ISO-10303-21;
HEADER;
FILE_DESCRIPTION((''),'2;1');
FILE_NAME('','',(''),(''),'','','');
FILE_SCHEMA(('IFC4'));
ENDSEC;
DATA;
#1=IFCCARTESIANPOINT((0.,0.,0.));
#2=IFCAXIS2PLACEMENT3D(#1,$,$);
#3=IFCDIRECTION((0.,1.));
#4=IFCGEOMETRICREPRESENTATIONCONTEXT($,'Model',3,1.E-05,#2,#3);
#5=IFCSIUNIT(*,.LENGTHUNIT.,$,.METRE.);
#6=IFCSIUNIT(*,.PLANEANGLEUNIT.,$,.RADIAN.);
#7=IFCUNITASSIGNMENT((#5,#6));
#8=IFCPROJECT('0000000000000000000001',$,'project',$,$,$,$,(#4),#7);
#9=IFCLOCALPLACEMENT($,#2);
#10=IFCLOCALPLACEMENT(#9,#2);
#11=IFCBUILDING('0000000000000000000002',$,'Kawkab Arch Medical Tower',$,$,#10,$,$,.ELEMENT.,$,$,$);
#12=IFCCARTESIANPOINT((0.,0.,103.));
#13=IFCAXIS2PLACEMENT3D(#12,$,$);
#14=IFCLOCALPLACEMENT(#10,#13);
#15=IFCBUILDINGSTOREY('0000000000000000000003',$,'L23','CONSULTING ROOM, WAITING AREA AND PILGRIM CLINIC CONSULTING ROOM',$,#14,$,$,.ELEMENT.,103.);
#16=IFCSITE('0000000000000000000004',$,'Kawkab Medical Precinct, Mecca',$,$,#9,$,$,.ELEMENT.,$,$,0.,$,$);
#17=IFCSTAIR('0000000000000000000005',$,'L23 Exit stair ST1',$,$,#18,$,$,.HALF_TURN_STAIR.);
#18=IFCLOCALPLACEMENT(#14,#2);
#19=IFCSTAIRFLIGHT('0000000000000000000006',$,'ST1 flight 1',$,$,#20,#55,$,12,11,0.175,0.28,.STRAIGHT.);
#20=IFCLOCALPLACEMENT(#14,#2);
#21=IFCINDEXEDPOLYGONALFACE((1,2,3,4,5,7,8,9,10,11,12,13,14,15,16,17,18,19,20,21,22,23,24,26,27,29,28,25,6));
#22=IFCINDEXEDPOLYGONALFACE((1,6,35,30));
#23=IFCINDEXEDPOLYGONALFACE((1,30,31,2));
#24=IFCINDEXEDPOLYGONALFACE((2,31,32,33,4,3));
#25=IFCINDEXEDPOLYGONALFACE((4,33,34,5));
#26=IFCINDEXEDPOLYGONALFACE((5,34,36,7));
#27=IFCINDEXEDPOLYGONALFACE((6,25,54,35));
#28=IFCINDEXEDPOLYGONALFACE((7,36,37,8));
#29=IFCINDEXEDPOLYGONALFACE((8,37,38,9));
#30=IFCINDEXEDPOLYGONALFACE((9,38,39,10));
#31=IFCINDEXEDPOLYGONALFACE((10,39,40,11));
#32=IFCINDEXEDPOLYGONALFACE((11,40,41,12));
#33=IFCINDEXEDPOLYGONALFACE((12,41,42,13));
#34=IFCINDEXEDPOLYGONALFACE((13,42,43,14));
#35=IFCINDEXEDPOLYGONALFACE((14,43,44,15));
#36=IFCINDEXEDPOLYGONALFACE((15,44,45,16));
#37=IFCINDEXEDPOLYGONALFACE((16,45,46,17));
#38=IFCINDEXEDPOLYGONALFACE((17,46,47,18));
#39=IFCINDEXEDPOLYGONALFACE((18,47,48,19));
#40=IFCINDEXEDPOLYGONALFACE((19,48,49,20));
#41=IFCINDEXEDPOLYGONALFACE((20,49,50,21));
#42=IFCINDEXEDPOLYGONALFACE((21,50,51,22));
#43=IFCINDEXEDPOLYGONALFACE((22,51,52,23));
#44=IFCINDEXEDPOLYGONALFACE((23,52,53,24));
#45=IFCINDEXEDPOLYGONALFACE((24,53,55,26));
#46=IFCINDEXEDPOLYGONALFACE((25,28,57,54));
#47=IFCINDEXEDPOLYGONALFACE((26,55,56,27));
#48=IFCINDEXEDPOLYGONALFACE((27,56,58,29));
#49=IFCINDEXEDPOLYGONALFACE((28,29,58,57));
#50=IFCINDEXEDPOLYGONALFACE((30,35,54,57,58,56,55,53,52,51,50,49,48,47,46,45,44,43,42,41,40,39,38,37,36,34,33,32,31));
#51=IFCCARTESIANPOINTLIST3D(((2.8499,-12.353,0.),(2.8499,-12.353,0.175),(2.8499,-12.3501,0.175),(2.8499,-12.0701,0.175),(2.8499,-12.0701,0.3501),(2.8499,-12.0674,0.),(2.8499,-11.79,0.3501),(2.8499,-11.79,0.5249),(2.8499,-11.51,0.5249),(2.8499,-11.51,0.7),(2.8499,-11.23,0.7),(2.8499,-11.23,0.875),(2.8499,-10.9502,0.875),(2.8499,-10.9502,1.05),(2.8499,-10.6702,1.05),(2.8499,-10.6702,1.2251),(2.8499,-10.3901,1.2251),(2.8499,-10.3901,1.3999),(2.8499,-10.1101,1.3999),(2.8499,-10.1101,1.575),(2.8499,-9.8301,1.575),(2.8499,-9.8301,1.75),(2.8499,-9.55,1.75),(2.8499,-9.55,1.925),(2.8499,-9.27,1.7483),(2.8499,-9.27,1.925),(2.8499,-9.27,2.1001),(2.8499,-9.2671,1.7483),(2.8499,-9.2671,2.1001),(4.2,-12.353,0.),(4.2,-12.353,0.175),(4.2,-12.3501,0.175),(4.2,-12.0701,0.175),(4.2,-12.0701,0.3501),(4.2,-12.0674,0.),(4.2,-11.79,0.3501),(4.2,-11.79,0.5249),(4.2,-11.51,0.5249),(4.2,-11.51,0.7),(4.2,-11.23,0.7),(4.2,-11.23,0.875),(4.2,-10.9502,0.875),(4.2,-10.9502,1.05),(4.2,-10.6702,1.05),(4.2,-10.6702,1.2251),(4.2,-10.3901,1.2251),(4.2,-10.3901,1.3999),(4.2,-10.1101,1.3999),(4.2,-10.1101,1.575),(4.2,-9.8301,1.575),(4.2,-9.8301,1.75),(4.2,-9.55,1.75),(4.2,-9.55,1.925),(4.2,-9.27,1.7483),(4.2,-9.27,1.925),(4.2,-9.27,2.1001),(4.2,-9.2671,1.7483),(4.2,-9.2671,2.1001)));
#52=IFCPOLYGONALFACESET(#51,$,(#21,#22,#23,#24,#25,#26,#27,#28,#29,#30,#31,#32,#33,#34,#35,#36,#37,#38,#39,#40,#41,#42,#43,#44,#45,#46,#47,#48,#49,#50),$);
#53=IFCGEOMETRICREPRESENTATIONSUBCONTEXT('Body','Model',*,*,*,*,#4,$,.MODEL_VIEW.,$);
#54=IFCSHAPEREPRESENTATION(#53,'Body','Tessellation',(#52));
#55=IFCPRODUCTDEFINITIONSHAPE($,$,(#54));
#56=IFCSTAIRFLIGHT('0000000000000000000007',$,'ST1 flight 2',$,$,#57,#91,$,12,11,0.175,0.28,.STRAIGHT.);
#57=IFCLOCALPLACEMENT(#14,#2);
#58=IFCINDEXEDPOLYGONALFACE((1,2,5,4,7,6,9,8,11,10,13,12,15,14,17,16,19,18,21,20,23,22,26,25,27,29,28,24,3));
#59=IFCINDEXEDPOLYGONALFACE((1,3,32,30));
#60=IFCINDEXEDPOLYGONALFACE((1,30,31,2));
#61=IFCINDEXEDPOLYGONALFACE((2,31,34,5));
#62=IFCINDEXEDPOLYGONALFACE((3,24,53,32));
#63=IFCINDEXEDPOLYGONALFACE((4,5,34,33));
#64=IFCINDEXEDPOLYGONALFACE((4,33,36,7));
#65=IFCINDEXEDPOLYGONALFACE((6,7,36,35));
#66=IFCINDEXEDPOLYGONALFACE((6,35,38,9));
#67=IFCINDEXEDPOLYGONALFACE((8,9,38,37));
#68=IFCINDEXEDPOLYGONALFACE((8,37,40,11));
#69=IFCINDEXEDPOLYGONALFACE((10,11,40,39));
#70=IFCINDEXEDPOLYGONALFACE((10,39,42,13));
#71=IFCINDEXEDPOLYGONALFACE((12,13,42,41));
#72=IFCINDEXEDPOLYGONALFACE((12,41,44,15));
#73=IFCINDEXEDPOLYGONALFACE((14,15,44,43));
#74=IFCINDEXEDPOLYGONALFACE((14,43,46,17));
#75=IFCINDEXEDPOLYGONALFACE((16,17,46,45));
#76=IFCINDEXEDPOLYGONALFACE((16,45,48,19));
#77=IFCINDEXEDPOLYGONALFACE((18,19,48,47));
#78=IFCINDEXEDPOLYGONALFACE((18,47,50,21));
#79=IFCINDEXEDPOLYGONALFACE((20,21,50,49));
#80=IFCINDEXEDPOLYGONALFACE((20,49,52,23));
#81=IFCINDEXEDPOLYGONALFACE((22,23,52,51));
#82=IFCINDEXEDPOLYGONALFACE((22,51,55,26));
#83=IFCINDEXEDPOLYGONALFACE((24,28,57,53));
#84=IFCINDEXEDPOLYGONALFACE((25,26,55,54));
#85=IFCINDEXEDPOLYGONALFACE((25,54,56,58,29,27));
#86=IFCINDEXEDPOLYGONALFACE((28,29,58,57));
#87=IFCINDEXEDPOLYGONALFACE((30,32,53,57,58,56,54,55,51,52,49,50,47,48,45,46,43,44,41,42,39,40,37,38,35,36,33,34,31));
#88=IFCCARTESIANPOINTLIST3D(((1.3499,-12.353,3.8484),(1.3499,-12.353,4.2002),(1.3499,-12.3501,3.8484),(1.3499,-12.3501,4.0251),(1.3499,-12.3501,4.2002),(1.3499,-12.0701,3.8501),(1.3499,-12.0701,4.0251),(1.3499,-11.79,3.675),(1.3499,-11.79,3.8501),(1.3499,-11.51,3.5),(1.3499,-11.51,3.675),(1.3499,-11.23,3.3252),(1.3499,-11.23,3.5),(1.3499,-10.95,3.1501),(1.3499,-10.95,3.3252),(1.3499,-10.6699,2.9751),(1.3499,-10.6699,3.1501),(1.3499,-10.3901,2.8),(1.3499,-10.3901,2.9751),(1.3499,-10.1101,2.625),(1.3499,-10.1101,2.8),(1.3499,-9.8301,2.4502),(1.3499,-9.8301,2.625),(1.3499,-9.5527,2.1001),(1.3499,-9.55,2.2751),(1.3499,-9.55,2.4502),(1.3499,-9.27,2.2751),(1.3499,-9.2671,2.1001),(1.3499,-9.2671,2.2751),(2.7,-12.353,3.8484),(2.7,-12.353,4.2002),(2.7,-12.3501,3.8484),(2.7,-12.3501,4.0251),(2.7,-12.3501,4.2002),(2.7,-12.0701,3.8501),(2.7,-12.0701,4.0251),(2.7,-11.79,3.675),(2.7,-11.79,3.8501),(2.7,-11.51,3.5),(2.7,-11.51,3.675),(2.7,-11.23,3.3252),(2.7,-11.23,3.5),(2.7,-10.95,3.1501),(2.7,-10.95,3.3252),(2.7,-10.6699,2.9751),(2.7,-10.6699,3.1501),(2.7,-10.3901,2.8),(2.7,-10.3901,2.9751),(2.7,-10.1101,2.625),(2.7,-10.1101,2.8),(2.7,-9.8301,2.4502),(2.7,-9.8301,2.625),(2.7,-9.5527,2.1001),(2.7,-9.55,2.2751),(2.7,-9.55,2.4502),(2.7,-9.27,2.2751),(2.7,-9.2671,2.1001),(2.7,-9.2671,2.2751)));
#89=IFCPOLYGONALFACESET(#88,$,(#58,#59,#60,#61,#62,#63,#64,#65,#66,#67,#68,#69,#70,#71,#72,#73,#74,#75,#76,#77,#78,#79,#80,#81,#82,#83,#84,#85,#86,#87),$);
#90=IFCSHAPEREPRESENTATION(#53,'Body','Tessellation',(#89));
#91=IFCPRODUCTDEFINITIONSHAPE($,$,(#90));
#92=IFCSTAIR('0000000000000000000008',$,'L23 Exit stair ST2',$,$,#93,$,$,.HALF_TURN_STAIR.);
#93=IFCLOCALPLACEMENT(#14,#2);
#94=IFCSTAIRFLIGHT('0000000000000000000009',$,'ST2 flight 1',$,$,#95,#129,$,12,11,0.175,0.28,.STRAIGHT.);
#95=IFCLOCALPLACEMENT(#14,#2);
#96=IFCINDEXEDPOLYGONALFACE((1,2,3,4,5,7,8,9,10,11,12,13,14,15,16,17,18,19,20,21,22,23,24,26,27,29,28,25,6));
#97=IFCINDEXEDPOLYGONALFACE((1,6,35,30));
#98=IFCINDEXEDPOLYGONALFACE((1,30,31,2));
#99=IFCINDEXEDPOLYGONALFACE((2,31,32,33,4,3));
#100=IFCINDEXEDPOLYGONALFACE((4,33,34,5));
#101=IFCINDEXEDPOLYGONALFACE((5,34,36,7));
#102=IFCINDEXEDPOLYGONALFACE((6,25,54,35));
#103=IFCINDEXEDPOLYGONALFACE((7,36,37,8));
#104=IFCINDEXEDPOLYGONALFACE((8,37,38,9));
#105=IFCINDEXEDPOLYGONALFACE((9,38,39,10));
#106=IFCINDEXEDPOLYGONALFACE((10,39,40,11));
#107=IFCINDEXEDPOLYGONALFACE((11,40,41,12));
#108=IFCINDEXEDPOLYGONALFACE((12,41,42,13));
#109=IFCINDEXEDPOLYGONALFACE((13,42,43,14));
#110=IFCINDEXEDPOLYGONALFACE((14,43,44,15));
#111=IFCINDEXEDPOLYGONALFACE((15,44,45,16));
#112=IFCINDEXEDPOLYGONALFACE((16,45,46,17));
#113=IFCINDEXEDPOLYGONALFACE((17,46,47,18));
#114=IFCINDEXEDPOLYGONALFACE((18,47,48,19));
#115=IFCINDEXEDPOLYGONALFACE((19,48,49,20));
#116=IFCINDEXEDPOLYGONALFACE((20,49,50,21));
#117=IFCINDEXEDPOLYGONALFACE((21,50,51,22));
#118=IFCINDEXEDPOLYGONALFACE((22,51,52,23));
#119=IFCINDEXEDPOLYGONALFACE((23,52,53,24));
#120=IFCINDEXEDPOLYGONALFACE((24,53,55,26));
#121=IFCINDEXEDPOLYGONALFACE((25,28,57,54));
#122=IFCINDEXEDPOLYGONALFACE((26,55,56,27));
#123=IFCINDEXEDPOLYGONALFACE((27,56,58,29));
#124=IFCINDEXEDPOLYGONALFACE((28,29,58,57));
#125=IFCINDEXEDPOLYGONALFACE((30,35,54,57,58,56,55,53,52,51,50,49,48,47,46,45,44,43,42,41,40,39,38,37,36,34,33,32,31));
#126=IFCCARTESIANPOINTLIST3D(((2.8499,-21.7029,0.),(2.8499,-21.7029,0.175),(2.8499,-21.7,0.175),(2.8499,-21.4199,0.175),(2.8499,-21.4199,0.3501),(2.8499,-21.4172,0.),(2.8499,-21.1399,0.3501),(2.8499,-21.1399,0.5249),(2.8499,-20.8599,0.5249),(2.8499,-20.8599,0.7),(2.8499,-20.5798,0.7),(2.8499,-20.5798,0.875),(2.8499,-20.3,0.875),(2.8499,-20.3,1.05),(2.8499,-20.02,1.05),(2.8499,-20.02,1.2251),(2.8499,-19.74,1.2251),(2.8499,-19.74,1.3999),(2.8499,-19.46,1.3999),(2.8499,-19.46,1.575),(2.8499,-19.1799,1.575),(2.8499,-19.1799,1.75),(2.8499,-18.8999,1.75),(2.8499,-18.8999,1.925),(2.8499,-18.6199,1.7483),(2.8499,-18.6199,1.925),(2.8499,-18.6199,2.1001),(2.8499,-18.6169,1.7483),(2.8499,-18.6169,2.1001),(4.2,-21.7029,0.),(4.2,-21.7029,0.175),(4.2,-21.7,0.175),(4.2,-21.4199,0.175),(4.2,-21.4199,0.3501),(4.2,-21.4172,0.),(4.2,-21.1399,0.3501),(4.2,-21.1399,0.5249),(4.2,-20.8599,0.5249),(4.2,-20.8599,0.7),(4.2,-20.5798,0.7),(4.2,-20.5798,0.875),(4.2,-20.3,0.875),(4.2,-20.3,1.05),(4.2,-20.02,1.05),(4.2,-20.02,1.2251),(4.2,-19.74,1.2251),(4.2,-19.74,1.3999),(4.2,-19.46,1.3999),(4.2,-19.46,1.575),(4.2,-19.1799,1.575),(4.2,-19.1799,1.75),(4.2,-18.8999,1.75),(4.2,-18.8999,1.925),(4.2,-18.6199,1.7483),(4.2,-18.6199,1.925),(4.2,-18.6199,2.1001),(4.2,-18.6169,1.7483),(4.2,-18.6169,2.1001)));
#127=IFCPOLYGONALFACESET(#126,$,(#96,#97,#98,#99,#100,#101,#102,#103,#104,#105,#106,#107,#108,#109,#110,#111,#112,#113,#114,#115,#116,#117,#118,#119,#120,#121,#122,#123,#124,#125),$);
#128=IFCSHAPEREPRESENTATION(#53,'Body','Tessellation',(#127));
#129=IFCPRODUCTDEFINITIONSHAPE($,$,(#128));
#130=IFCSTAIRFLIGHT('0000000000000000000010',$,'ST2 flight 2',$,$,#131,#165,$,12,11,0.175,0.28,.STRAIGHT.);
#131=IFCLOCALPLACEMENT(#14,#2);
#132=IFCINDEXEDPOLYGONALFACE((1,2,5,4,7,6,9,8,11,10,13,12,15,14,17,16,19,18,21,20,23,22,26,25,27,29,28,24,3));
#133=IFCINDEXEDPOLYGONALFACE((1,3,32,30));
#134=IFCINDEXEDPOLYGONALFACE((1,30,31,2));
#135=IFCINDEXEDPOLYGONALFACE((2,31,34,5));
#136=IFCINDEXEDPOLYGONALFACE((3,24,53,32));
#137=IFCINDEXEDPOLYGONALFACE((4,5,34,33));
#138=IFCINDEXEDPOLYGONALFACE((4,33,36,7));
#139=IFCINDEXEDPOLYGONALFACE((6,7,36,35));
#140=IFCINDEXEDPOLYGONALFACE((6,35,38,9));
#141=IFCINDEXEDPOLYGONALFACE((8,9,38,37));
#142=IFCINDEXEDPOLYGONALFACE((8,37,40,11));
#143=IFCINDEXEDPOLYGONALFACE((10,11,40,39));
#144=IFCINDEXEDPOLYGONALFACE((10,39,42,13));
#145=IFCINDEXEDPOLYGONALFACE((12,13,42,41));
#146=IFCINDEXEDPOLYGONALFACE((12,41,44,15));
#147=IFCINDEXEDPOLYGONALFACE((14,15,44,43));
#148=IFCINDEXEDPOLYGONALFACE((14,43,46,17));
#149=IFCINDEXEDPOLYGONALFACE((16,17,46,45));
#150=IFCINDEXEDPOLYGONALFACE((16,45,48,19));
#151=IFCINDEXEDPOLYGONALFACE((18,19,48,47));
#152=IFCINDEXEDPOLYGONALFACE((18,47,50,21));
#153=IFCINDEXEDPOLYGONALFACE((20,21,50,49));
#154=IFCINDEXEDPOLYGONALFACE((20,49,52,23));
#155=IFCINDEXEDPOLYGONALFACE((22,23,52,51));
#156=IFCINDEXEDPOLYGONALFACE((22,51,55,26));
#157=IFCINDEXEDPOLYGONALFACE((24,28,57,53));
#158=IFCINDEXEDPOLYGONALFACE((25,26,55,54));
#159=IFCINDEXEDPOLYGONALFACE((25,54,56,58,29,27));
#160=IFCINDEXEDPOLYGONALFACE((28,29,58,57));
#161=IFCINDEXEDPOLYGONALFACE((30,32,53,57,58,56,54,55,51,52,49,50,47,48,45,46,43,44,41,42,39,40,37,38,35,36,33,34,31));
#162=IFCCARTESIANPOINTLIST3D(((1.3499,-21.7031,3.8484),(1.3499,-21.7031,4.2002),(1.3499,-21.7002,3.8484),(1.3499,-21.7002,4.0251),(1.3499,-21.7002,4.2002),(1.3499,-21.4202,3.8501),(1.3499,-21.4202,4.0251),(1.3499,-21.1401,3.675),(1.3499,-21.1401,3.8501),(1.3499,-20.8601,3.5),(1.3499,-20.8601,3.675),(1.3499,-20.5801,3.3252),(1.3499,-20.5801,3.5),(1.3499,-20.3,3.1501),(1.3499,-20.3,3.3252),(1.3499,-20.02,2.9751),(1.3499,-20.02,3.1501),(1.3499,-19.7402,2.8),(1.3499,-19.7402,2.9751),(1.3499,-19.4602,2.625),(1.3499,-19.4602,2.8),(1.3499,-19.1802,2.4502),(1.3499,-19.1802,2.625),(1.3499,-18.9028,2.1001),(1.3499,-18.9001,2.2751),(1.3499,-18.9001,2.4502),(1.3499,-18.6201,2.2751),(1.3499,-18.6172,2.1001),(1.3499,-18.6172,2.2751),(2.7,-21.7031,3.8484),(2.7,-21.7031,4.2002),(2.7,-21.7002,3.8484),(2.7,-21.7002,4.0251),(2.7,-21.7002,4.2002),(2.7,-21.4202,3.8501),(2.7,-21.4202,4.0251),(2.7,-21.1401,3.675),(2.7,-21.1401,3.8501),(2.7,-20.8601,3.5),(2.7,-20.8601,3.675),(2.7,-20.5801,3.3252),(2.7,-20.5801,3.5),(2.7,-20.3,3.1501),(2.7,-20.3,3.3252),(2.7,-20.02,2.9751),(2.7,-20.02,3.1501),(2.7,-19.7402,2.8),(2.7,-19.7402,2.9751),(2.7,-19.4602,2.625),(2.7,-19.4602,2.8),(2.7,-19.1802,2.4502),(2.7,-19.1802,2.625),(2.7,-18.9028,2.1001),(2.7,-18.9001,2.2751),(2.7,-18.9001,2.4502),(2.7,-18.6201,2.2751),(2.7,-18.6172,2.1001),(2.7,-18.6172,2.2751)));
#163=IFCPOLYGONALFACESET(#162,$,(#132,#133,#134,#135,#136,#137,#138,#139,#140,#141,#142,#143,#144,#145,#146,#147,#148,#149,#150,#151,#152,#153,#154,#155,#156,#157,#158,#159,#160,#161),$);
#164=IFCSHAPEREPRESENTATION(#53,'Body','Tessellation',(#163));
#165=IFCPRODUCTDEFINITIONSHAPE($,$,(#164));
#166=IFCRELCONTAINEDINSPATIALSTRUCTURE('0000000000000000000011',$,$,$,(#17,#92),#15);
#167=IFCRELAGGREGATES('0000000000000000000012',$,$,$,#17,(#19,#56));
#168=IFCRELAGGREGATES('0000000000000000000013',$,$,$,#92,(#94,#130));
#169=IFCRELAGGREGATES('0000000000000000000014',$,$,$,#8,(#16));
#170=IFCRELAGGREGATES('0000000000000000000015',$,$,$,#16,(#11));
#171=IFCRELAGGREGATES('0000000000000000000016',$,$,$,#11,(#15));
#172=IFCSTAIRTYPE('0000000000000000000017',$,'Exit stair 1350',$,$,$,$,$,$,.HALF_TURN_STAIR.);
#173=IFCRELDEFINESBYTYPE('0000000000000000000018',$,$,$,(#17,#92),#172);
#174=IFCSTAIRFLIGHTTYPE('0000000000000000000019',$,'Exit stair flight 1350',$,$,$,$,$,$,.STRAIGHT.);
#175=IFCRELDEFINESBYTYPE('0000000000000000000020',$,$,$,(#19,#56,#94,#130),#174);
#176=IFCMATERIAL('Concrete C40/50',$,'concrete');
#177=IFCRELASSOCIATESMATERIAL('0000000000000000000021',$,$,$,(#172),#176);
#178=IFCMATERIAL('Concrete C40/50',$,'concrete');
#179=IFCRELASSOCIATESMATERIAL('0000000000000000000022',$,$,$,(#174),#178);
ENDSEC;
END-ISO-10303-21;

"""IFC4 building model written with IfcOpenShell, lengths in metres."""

from ifc_helpers import new_model, si_unit, direction, frame, origin, place, context, subcontext, project, spatial, polyline, outline, extrude, material, type_object, element, aggregate, save


model = new_model("IFC4")

# Units and contexts
model_context = context("Model", 3, precision=1e-05, world=origin(), true_north=direction((0.0, 1.0)))
body_context = subcontext(model_context, "Body", "Model", "MODEL_VIEW")
ifc_project = project(units=[si_unit("LENGTHUNIT", "METRE"), si_unit("PLANEANGLEUNIT", "RADIAN")], contexts=[model_context])

# Site, building, storey
site_placement = place(None, origin())
site = spatial("IfcSite", under=ifc_project, at=site_placement, Name="Kawkab Medical Precinct, Mecca", CompositionType="ELEMENT", RefElevation=0.0)
building_placement = place(site_placement, origin())
building = spatial("IfcBuilding", under=site, at=building_placement, Name="Kawkab Arch Medical Tower", CompositionType="ELEMENT")
storey_placement = place(building_placement, frame((0.0, 0.0, 103.0)))
storey = spatial("IfcBuildingStorey", under=building, at=storey_placement, Name="L23", Description="CONSULTING ROOM, WAITING AREA AND PILGRIM CLINIC CONSULTING ROOM", CompositionType="ELEMENT", Elevation=103.0)

# Shared definitions
placement = place(storey_placement, origin())

# Stairs, stair flights
ifc_material_1 = material(Name="Concrete C40/50", Category="concrete")
stair_type = type_object("IfcStairType", Name="Exit stair 1350", PredefinedType="HALF_TURN_STAIR", material=ifc_material_1)
stair_1 = element("IfcStair", 1, at=placement, inside=storey, type_object=stair_type, Name="L23 Exit stair ST1", PredefinedType="HALF_TURN_STAIR")
ifc_material_2 = material(Name="Concrete C40/50", Category="concrete")
stair_flight_type = type_object("IfcStairFlightType", Name="Exit stair flight 1350", PredefinedType="STRAIGHT", material=ifc_material_2)
stair_flight_1_placement = place(storey_placement, frame((3.5249, -12.3501, 0.0), z_axis=(0.0, 0.0, 1.0), x_axis=(0.0, 1.0, 0.0)))
stair_flight_1 = element("IfcStairFlight", 2, at=stair_flight_1_placement, type_object=stair_flight_type, Name="ST1 flight 1", NumberOfRisers=12, NumberOfTreads=11, PredefinedType="STRAIGHT", RiserHeight=0.175, TreadLength=0.28, context=body_context, shape_type="SweptSolid", body=[
    extrude(outline(polyline([(-0.0029, 0.0), (-0.0029, 0.175), (0.0, 0.175), (0.28, 0.175), (0.28, 0.3501), (0.5601, 0.3501), (0.5601, 0.5249), (0.8401, 0.5249), (0.8401, 0.7), (1.1201, 0.7), (1.1201, 0.875), (1.3999, 0.875), (1.3999, 1.05), (1.6799, 1.05), (1.6799, 1.2251), (1.96, 1.2251), (1.96, 1.3999), (2.24, 1.3999), (2.24, 1.575), (2.52, 1.575), (2.52, 1.75), (2.8, 1.75), (2.8, 1.925), (3.0801, 1.925), (3.0801, 2.1001), (3.083, 2.1001), (3.083, 1.7483), (3.0801, 1.7483), (0.2827, 0.0), (-0.0029, 0.0)])), frame((0.0, 0.675, 0.0), z_axis=(0.0, -1.0, 0.0), x_axis=(1.0, 0.0, 0.0)), (0.0, 0.0, 1.0), 1.3501),
])
stair_flight_2_placement = place(storey_placement, frame((2.0249, -9.27, 2.1001), z_axis=(0.0, 0.0, 1.0), x_axis=(0.0, -1.0, 0.0)))
stair_flight_2 = element("IfcStairFlight", 3, at=stair_flight_2_placement, type_object=stair_flight_type, Name="ST1 flight 2", NumberOfRisers=12, NumberOfTreads=11, PredefinedType="STRAIGHT", RiserHeight=0.175, TreadLength=0.28, context=body_context, shape_type="SweptSolid", body=[
    extrude(outline(polyline([(-0.0029, 0.0), (-0.0029, 0.175), (0.0, 0.175), (0.28, 0.175), (0.28, 0.3501), (0.5601, 0.3501), (0.5601, 0.5249), (0.8401, 0.5249), (0.8401, 0.7), (1.1201, 0.7), (1.1201, 0.875), (1.3999, 0.875), (1.3999, 1.05), (1.6799, 1.05), (1.6799, 1.2251), (1.96, 1.2251), (1.96, 1.3999), (2.24, 1.3999), (2.24, 1.575), (2.52, 1.575), (2.52, 1.75), (2.8, 1.75), (2.8, 1.925), (3.0801, 1.925), (3.0801, 2.1001), (3.083, 2.1001), (3.083, 1.7483), (3.0801, 1.7483), (0.2827, 0.0), (-0.0029, 0.0)])), frame((0.0, 0.675, 0.0), z_axis=(0.0, -1.0, 0.0), x_axis=(1.0, 0.0, 0.0)), (0.0, 0.0, 1.0), 1.3501),
])
aggregate(stair_1, [stair_flight_1, stair_flight_2])
stair_2 = element("IfcStair", 4, at=placement, inside=storey, type_object=stair_type, Name="L23 Exit stair ST2", PredefinedType="HALF_TURN_STAIR")
stair_flight_3_placement = place(storey_placement, frame((3.5249, -21.7, 0.0), z_axis=(0.0, 0.0, 1.0), x_axis=(0.0, 1.0, 0.0)))
stair_flight_3 = element("IfcStairFlight", 5, at=stair_flight_3_placement, type_object=stair_flight_type, Name="ST2 flight 1", NumberOfRisers=12, NumberOfTreads=11, PredefinedType="STRAIGHT", RiserHeight=0.175, TreadLength=0.28, context=body_context, shape_type="SweptSolid", body=[
    extrude(outline(polyline([(-0.0029, 0.0), (-0.0029, 0.175), (0.0, 0.175), (0.28, 0.175), (0.28, 0.3501), (0.5601, 0.3501), (0.5601, 0.5249), (0.8401, 0.5249), (0.8401, 0.7), (1.1201, 0.7), (1.1201, 0.875), (1.3999, 0.875), (1.3999, 1.05), (1.6799, 1.05), (1.6799, 1.2251), (1.96, 1.2251), (1.96, 1.3999), (2.24, 1.3999), (2.24, 1.575), (2.52, 1.575), (2.52, 1.75), (2.8, 1.75), (2.8, 1.925), (3.0801, 1.925), (3.0801, 2.1001), (3.083, 2.1001), (3.083, 1.7483), (3.0801, 1.7483), (0.2827, 0.0), (-0.0029, 0.0)])), frame((0.0, 0.675, 0.0), z_axis=(0.0, -1.0, 0.0), x_axis=(1.0, 0.0, 0.0)), (0.0, 0.0, 1.0), 1.3501),
])
stair_flight_4_placement = place(storey_placement, frame((2.0249, -18.6201, 2.1001), z_axis=(0.0, 0.0, 1.0), x_axis=(0.0, -1.0, 0.0)))
stair_flight_4 = element("IfcStairFlight", 6, at=stair_flight_4_placement, type_object=stair_flight_type, Name="ST2 flight 2", NumberOfRisers=12, NumberOfTreads=11, PredefinedType="STRAIGHT", RiserHeight=0.175, TreadLength=0.28, context=body_context, shape_type="SweptSolid", body=[
    extrude(outline(polyline([(-0.0029, 0.0), (-0.0029, 0.175), (0.0, 0.175), (0.28, 0.175), (0.28, 0.3501), (0.5601, 0.3501), (0.5601, 0.5249), (0.8401, 0.5249), (0.8401, 0.7), (1.1201, 0.7), (1.1201, 0.875), (1.3999, 0.875), (1.3999, 1.05), (1.6799, 1.05), (1.6799, 1.2251), (1.96, 1.2251), (1.96, 1.3999), (2.24, 1.3999), (2.24, 1.575), (2.52, 1.575), (2.52, 1.75), (2.8, 1.75), (2.8, 1.925), (3.0801, 1.925), (3.0801, 2.1001), (3.083, 2.1001), (3.083, 1.7483), (3.0801, 1.7483), (0.2827, 0.0), (-0.0029, 0.0)])), frame((0.0, 0.675, 0.0), z_axis=(0.0, -1.0, 0.0), x_axis=(1.0, 0.0, 0.0)), (0.0, 0.0, 1.0), 1.3501),
])
aggregate(stair_2, [stair_flight_3, stair_flight_4])

save(model, "model.ifc")
